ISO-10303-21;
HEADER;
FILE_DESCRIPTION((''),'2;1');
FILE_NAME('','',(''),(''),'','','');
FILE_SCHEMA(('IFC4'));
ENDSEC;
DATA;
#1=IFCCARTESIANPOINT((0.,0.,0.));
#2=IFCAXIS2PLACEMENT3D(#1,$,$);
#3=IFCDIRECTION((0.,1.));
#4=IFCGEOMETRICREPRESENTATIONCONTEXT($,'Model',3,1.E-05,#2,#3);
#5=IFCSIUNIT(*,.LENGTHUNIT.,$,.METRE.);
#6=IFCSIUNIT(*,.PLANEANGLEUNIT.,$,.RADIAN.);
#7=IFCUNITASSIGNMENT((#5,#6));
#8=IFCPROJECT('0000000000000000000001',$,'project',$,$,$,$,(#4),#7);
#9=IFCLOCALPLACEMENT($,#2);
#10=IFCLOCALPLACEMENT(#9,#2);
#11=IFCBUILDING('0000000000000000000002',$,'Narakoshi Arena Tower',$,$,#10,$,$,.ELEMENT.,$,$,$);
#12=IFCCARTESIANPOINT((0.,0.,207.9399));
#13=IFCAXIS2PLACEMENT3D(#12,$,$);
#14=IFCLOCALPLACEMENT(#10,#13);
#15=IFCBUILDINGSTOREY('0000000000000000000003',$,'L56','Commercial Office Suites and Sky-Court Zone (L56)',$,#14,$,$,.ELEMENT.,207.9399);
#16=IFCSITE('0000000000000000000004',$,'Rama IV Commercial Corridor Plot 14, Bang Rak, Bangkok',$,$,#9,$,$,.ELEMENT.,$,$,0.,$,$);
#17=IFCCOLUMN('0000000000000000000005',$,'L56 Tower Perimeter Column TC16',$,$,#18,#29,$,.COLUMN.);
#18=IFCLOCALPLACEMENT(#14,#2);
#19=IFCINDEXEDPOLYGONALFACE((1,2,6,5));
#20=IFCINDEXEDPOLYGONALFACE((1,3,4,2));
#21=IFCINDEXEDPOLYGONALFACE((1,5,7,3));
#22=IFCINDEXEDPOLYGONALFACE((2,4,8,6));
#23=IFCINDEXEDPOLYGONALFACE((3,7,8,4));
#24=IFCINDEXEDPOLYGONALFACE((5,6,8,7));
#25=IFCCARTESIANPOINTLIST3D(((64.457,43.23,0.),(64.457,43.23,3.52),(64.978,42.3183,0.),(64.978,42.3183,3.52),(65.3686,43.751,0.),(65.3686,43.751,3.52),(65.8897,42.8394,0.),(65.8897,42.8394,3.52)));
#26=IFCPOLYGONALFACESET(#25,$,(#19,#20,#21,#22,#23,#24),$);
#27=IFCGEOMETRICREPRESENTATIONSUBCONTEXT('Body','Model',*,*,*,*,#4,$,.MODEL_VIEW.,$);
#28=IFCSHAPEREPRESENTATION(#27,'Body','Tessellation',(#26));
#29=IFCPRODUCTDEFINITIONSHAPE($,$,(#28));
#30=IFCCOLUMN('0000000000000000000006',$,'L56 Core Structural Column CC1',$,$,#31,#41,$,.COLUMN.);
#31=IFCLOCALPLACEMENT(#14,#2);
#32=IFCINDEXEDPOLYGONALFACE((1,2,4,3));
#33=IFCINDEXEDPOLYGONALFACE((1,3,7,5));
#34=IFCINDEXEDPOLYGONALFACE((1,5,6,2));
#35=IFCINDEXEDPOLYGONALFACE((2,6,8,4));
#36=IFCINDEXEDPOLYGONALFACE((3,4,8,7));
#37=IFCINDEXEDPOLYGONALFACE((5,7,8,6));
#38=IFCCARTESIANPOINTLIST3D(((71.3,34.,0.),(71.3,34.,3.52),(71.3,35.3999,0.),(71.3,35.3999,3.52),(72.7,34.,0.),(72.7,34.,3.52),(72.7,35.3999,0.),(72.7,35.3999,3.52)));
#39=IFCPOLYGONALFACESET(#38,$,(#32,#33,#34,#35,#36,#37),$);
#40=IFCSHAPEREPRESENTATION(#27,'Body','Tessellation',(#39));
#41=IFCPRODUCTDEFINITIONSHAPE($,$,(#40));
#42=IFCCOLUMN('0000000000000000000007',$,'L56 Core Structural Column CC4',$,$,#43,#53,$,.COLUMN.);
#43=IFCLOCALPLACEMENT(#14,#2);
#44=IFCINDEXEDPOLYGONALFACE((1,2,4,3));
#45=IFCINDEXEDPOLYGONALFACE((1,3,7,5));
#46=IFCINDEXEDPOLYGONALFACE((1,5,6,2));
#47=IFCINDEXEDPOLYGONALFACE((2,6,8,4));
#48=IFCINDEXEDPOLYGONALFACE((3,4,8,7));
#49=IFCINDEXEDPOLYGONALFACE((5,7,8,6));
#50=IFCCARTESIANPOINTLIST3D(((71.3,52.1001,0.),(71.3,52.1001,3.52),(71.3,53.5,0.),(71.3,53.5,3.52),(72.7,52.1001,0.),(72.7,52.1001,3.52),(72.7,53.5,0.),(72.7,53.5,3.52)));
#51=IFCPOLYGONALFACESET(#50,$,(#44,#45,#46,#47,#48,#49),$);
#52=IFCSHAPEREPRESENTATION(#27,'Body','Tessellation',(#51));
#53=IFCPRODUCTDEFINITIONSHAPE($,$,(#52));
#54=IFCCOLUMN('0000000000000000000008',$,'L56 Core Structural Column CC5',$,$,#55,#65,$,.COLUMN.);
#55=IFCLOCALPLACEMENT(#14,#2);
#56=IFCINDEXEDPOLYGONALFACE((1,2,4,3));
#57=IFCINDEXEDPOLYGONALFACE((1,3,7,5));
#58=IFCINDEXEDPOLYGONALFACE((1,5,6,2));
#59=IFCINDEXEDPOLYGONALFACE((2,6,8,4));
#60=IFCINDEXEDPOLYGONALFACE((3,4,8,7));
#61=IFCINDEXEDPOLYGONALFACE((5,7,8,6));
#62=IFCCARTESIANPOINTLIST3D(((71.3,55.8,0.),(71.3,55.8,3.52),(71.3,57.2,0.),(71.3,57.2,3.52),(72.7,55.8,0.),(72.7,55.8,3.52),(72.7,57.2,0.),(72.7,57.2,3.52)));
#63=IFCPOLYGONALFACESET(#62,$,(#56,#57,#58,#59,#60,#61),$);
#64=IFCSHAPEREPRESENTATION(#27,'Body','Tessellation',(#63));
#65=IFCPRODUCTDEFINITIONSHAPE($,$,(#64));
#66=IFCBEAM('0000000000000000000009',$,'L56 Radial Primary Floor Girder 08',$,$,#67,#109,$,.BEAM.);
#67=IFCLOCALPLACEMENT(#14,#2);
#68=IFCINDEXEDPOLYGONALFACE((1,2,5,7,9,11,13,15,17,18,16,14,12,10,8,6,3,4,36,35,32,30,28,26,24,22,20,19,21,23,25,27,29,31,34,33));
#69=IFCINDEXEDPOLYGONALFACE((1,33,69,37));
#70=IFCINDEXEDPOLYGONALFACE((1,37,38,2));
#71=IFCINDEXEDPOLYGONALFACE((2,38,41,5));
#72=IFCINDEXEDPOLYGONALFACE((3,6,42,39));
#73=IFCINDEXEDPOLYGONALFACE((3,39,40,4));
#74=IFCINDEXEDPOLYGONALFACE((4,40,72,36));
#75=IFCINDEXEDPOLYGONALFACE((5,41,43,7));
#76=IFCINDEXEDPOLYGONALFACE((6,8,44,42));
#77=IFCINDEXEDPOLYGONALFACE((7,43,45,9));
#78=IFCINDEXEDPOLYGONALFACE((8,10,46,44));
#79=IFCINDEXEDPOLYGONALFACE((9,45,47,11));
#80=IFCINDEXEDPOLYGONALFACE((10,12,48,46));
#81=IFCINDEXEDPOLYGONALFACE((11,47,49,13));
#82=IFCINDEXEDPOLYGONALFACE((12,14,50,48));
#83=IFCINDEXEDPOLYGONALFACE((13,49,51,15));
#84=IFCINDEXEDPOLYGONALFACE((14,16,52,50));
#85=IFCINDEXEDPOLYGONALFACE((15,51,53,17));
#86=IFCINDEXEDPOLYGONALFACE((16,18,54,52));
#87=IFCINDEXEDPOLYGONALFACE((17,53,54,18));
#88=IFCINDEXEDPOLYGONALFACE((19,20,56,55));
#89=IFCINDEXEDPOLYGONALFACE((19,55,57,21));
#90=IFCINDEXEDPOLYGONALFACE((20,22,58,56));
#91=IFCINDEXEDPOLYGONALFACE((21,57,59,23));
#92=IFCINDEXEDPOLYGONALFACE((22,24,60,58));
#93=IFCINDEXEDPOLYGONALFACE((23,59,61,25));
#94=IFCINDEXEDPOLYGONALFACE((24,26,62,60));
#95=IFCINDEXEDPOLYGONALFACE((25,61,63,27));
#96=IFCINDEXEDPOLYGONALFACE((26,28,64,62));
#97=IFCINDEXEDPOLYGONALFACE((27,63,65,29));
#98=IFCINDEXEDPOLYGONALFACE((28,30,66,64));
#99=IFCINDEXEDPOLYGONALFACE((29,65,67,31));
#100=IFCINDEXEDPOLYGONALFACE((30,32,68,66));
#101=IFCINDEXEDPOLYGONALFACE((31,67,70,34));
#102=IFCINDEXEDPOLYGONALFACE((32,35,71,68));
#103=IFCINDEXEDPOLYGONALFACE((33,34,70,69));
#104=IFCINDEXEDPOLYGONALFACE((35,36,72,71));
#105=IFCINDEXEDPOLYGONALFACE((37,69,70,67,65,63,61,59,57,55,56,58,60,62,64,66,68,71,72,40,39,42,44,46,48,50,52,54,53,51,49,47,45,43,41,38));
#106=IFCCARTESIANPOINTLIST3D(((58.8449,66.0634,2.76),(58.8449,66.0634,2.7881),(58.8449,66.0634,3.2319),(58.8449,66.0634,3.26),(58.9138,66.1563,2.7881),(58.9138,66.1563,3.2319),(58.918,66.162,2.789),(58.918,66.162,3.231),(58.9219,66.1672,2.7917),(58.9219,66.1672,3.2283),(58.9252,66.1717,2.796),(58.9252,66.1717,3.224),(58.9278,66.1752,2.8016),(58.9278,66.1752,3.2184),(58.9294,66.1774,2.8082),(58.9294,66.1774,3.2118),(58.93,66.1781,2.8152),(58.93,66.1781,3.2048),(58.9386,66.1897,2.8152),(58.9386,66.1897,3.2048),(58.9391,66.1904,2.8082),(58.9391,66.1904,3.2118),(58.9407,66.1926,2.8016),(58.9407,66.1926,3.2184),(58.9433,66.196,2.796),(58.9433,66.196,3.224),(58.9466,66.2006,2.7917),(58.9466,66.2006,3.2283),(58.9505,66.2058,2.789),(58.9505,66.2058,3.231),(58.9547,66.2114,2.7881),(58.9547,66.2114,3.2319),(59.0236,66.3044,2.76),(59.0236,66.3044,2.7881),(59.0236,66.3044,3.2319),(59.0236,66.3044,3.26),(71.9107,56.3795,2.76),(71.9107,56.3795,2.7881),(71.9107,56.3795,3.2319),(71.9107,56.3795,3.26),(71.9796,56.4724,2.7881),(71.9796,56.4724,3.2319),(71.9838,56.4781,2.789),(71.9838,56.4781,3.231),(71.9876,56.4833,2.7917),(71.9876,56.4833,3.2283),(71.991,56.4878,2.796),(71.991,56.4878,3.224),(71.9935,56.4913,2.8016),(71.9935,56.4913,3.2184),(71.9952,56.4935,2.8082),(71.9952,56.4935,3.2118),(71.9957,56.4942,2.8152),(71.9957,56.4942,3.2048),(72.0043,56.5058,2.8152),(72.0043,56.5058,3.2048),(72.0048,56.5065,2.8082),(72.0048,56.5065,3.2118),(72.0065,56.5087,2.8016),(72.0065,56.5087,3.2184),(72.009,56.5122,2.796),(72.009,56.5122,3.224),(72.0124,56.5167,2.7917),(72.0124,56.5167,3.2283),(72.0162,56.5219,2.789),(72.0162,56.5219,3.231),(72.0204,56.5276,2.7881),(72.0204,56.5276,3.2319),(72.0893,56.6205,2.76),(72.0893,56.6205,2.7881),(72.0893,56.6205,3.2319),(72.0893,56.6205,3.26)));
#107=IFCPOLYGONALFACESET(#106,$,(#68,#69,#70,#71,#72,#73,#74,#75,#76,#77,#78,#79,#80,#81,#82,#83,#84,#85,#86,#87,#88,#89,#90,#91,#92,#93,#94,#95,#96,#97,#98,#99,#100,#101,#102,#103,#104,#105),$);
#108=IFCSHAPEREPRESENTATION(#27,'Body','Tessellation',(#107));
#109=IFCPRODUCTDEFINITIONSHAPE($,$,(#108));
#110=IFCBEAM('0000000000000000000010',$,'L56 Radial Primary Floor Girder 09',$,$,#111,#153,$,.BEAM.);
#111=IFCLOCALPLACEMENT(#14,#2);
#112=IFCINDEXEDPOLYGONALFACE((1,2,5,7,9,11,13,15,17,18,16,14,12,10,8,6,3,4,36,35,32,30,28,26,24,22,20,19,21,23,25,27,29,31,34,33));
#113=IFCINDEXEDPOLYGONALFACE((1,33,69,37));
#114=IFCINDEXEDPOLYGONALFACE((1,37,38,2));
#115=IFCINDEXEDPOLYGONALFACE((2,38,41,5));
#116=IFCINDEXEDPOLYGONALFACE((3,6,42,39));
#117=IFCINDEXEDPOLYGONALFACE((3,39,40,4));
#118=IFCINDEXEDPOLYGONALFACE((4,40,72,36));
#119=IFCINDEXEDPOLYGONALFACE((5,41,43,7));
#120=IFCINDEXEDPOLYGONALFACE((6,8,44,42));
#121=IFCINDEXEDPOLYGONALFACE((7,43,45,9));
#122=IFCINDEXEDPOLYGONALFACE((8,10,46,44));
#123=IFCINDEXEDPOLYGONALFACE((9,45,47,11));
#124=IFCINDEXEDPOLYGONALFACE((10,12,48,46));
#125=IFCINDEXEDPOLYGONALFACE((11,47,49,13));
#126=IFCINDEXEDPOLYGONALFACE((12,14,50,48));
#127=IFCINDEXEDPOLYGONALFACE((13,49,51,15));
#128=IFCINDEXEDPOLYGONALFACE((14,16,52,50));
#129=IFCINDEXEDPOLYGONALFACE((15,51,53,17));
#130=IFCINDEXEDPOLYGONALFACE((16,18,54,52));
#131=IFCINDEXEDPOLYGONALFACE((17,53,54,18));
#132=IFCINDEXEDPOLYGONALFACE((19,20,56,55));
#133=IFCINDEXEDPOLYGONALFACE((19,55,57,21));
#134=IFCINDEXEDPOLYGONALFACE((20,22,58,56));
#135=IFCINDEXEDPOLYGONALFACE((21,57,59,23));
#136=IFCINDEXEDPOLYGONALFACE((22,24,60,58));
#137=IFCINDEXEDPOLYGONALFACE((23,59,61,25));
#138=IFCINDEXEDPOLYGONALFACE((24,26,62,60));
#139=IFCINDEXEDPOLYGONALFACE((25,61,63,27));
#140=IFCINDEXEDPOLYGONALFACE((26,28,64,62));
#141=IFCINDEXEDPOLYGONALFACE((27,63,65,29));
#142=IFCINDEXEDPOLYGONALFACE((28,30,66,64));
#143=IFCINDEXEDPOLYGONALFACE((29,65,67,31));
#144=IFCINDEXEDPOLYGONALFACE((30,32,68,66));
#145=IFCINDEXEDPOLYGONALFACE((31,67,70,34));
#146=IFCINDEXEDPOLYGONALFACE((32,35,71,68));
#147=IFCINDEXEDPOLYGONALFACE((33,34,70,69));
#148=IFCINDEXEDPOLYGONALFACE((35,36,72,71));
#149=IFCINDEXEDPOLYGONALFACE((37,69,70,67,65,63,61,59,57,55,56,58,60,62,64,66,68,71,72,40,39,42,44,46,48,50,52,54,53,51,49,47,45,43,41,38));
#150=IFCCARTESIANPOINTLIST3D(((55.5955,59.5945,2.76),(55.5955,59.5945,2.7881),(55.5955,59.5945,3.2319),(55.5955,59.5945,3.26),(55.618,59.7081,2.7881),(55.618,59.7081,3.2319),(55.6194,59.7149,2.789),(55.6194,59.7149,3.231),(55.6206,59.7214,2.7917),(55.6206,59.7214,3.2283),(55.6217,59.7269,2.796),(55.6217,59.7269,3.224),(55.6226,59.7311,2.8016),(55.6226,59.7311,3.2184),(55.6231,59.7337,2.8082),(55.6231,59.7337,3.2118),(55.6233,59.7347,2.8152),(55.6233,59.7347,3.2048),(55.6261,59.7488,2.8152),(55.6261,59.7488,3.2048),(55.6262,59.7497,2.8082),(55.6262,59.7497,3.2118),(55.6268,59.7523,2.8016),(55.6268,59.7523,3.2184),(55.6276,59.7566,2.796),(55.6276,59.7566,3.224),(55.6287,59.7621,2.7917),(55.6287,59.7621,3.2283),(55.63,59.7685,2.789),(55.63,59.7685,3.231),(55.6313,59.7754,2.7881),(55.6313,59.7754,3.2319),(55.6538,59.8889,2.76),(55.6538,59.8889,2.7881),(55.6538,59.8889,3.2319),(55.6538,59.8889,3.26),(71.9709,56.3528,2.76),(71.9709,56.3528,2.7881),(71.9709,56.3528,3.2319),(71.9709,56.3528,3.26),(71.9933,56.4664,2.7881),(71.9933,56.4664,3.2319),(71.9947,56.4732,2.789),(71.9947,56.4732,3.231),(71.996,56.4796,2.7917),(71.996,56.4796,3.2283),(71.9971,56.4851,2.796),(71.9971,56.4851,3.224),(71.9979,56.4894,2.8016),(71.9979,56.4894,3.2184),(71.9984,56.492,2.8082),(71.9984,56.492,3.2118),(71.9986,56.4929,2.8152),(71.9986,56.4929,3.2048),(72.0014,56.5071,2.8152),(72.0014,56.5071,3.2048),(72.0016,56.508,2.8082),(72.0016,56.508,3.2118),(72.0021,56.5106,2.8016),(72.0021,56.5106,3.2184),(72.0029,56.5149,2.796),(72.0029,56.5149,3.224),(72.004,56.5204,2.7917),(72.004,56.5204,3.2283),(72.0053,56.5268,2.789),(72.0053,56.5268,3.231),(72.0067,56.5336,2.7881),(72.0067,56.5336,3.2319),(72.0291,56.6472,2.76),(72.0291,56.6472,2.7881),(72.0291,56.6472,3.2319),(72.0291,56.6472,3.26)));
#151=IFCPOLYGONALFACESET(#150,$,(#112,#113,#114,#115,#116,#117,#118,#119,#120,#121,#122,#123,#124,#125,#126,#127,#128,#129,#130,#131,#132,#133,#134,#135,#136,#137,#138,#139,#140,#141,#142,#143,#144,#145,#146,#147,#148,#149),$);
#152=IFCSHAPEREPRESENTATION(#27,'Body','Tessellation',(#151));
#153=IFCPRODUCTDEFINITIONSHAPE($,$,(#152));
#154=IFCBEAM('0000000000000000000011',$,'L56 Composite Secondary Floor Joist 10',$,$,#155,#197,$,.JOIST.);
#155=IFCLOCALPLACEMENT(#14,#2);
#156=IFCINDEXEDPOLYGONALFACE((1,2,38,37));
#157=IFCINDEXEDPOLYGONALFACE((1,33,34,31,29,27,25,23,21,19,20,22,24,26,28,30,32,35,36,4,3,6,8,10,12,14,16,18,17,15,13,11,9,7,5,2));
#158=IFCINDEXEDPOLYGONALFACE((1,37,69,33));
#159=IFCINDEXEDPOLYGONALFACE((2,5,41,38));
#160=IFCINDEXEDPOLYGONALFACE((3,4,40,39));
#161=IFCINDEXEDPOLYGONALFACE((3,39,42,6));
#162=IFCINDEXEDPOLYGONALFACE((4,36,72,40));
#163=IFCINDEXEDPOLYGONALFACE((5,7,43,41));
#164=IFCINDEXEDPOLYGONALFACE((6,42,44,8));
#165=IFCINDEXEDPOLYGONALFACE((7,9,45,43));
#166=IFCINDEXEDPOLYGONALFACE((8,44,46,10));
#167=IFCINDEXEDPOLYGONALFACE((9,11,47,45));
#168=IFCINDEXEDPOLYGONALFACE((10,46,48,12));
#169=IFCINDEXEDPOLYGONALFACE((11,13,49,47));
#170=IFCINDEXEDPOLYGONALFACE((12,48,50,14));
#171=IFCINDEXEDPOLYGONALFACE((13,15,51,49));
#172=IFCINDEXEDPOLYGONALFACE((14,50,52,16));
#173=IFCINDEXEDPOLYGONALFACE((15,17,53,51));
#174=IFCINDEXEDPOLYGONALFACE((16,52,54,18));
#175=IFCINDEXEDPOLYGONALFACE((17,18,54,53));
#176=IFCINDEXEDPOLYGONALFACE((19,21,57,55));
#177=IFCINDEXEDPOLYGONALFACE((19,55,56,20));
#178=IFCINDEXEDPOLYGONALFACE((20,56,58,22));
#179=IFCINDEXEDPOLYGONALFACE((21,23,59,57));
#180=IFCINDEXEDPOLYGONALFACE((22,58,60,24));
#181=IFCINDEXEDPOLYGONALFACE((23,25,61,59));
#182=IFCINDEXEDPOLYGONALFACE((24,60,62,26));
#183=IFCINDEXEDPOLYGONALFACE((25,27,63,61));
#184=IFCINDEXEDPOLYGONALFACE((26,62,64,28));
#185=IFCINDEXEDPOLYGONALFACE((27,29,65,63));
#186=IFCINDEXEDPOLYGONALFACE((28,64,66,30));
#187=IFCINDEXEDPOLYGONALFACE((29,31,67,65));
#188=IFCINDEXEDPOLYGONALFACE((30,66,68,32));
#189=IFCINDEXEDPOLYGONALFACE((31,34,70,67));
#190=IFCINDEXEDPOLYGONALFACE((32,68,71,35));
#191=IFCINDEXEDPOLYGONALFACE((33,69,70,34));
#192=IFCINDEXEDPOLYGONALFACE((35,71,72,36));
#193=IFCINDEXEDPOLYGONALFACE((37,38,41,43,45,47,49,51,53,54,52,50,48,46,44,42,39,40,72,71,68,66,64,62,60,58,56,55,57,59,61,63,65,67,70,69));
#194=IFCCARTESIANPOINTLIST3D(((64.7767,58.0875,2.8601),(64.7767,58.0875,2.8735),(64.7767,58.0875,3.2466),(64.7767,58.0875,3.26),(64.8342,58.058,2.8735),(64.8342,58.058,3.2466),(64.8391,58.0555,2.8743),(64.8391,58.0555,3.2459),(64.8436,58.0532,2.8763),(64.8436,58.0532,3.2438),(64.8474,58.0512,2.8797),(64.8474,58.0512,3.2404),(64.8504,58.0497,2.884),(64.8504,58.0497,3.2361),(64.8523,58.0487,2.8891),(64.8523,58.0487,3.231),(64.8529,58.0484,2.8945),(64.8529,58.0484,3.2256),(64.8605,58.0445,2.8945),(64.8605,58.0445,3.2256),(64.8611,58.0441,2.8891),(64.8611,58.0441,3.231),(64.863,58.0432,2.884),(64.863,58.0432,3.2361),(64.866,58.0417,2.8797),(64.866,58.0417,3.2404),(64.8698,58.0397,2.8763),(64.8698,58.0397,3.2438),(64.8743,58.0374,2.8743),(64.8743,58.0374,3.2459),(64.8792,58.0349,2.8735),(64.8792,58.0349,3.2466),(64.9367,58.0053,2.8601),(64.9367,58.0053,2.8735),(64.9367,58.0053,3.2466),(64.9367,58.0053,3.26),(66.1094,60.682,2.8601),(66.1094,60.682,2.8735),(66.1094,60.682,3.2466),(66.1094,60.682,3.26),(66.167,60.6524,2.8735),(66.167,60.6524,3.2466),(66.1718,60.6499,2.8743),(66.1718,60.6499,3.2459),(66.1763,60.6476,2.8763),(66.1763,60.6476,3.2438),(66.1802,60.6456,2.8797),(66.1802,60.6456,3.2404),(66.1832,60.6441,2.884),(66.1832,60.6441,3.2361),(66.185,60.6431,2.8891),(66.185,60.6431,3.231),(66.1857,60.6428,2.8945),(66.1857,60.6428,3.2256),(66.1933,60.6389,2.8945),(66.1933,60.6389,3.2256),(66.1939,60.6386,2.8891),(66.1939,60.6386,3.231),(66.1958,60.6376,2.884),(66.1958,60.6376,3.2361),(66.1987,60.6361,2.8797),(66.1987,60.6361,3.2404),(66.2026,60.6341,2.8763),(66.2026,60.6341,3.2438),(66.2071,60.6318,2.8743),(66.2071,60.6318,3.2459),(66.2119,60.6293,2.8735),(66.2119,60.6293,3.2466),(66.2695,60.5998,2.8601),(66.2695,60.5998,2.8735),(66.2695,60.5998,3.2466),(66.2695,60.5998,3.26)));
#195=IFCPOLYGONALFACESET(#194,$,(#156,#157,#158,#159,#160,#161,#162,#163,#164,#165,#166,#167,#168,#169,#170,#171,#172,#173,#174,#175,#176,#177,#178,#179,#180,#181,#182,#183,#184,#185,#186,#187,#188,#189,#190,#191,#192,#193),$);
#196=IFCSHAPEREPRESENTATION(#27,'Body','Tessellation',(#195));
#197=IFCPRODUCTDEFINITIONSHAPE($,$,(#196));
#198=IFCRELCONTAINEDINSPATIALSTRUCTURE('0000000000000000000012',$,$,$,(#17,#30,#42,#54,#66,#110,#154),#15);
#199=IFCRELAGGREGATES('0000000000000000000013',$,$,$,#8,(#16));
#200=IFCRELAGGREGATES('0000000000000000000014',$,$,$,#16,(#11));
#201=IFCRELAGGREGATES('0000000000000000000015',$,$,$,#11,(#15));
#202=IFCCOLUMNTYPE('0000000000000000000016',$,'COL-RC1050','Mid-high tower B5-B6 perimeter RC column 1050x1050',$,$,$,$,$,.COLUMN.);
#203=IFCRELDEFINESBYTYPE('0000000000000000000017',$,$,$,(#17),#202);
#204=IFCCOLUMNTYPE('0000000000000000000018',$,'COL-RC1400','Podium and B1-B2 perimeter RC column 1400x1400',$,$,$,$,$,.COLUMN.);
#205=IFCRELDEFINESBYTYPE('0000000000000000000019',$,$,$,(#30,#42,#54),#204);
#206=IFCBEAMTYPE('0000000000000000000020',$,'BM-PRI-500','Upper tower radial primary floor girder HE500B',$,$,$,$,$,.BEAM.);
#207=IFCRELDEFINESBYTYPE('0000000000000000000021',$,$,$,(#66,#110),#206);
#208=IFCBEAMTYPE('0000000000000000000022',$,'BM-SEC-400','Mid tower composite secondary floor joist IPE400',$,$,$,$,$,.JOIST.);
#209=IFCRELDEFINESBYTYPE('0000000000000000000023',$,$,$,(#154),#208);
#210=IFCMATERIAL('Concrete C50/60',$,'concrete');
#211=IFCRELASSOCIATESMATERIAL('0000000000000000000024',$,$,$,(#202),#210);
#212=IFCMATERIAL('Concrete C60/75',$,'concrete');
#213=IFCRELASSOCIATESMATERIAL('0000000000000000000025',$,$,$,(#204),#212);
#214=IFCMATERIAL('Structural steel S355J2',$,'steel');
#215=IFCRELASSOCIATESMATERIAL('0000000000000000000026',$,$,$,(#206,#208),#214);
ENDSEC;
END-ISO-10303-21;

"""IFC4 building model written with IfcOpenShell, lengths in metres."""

from ifc_helpers import new_model, si_unit, direction, frame, origin, origin_2d, place, context, subcontext, project, spatial, rectangle, i_section, extrude, material, material_profile, profile_set, type_object, element, save


model = new_model("IFC4")

# Units and contexts
model_context = context("Model", 3, precision=1e-05, world=origin(), true_north=direction((0.0, 1.0)))
body_context = subcontext(model_context, "Body", "Model", "MODEL_VIEW")
ifc_project = project(units=[si_unit("LENGTHUNIT", "METRE"), si_unit("PLANEANGLEUNIT", "RADIAN")], contexts=[model_context])

# Site, building, storey
site_placement = place(None, origin())
site = spatial("IfcSite", under=ifc_project, at=site_placement, Name="Rama IV Commercial Corridor Plot 14, Bang Rak, Bangkok", CompositionType="ELEMENT", RefElevation=0.0)
building_placement = place(site_placement, origin())
building = spatial("IfcBuilding", under=site, at=building_placement, Name="Narakoshi Arena Tower", CompositionType="ELEMENT")
storey_placement = place(building_placement, frame((0.0, 0.0, 207.9399)))
storey = spatial("IfcBuildingStorey", under=building, at=storey_placement, Name="L56", Description="Commercial Office Suites and Sky-Court Zone (L56)", CompositionType="ELEMENT", Elevation=207.9399)

# Columns
ifc_material_1 = material(Name="Concrete C50/60", Category="concrete")
ifc_material_profile_1 = material_profile(ifc_material_1, rectangle(XDim=1.05, YDim=1.05, at=origin_2d()), Name="RC1050x1050")
ifc_profile_set_1 = profile_set([ifc_material_profile_1], Name="Concrete C50/60")
column_type_1 = type_object("IfcColumnType", Name="COL-RC1050", Description="Mid-high tower B5-B6 perimeter RC column 1050x1050", PredefinedType="COLUMN", material=ifc_profile_set_1)
column_placement = place(storey_placement, frame((65.1733, 43.0347, 0.0), z_axis=(0.0, 0.0, 1.0), x_axis=(-0.496217, 0.868199, 0.0)))
element("IfcColumn", 1, at=column_placement, inside=storey, type_object=column_type_1, Name="L56 Tower Perimeter Column TC16", PredefinedType="COLUMN", context=body_context, shape_type="SweptSolid", body=[
    extrude(rectangle(XDim=1.05, YDim=1.05, at=origin_2d()), origin(), (0.0, 0.0, 1.0), 3.52),
])
ifc_material_2 = material(Name="Concrete C60/75", Category="concrete")
ifc_material_profile_2 = material_profile(ifc_material_2, rectangle(XDim=1.3999, YDim=1.3999, at=origin_2d()), Name="RC1400x1400")
ifc_profile_set_2 = profile_set([ifc_material_profile_2], Name="Concrete C60/75")
column_type_2 = type_object("IfcColumnType", Name="COL-RC1400", Description="Podium and B1-B2 perimeter RC column 1400x1400", PredefinedType="COLUMN", material=ifc_profile_set_2)
for number, where, z_axis, x_axis, name in (
    (2, (72.0, 34.7, 0.0), (0.0, 0.0, 1.0), (1.0, 0.0, 0.0), "L56 Core Structural Column CC1"),
    (3, (72.0, 52.8, 0.0), (0.0, 0.0, 1.0), (1.0, 0.0, 0.0), "L56 Core Structural Column CC4"),
    (4, (72.0, 56.5, 0.0), (0.0, 0.0, 1.0), (1.0, 0.0, 0.0), "L56 Core Structural Column CC5"),
):
    element("IfcColumn", number, at=place(storey_placement, frame(where, z_axis=z_axis, x_axis=x_axis)), inside=storey, type_object=column_type_2, Name=name, PredefinedType="COLUMN", context=body_context, shape_type="SweptSolid", body=[
        extrude(rectangle(XDim=1.3999, YDim=1.3999, at=origin_2d()), origin(), (0.0, 0.0, 1.0), 3.52),
    ])

# Beams
ifc_material_3 = material(Name="Structural steel S355J2", Category="steel")
ifc_material_profile_3 = material_profile(ifc_material_3, i_section(OverallWidth=0.3, OverallDepth=0.5, WebThickness=0.0144, FlangeThickness=0.0281, FilletRadius=0.0271, at=origin_2d()), Name="HE500B")
ifc_profile_set_3 = profile_set([ifc_material_profile_3], Name="Structural steel S355J2")
beam_type_1 = type_object("IfcBeamType", Name="BM-PRI-500", Description="Upper tower radial primary floor girder HE500B", PredefinedType="BEAM", material=ifc_profile_set_3)
beam_1_placement = place(storey_placement, frame((72.0, 56.5, 3.01), z_axis=(-0.803394, 0.595448, 0.0), x_axis=(-0.595448, -0.803394, 0.0)))
element("IfcBeam", 5, at=beam_1_placement, inside=storey, type_object=beam_type_1, Name="L56 Radial Primary Floor Girder 08", PredefinedType="BEAM", context=body_context, shape_type="SweptSolid", body=[
    extrude(i_section(OverallWidth=0.3, OverallDepth=0.5, WebThickness=0.0144, FlangeThickness=0.0281, FilletRadius=0.0271, at=origin_2d()), origin(), (0.0, 0.0, 1.0), 16.2632),
])
beam_2_placement = place(storey_placement, frame((72.0, 56.5, 3.01), z_axis=(-0.980963, 0.194195, 0.0), x_axis=(-0.194195, -0.980963, 0.0)))
element("IfcBeam", 6, at=beam_2_placement, inside=storey, type_object=beam_type_1, Name="L56 Radial Primary Floor Girder 09", PredefinedType="BEAM", context=body_context, shape_type="SweptSolid", body=[
    extrude(i_section(OverallWidth=0.3, OverallDepth=0.5, WebThickness=0.0144, FlangeThickness=0.0281, FilletRadius=0.0271, at=origin_2d()), origin(), (0.0, 0.0, 1.0), 16.6931),
])
ifc_material_profile_4 = material_profile(ifc_material_3, i_section(OverallWidth=0.1799, OverallDepth=0.3999, WebThickness=0.0085, FlangeThickness=0.0134, FilletRadius=0.021, at=origin_2d()), Name="IPE400")
ifc_profile_set_4 = profile_set([ifc_material_profile_4], Name="Structural steel S355J2")
beam_type_2 = type_object("IfcBeamType", Name="BM-SEC-400", Description="Mid tower composite secondary floor joist IPE400", PredefinedType="JOIST", material=ifc_profile_set_4)
beam_3_placement = place(storey_placement, frame((66.1895, 60.6409, 3.0601), z_axis=(-0.45693, -0.889503, 0.0), x_axis=(0.889503, -0.45693, 0.0)))
element("IfcBeam", 7, at=beam_3_placement, inside=storey, type_object=beam_type_2, Name="L56 Composite Secondary Floor Joist 10", PredefinedType="JOIST", context=body_context, shape_type="SweptSolid", body=[
    extrude(i_section(OverallWidth=0.1799, OverallDepth=0.3999, WebThickness=0.0085, FlangeThickness=0.0134, FilletRadius=0.021, at=origin_2d()), origin(), (0.0, 0.0, 1.0), 2.9167),
])

save(model, "model.ifc")
